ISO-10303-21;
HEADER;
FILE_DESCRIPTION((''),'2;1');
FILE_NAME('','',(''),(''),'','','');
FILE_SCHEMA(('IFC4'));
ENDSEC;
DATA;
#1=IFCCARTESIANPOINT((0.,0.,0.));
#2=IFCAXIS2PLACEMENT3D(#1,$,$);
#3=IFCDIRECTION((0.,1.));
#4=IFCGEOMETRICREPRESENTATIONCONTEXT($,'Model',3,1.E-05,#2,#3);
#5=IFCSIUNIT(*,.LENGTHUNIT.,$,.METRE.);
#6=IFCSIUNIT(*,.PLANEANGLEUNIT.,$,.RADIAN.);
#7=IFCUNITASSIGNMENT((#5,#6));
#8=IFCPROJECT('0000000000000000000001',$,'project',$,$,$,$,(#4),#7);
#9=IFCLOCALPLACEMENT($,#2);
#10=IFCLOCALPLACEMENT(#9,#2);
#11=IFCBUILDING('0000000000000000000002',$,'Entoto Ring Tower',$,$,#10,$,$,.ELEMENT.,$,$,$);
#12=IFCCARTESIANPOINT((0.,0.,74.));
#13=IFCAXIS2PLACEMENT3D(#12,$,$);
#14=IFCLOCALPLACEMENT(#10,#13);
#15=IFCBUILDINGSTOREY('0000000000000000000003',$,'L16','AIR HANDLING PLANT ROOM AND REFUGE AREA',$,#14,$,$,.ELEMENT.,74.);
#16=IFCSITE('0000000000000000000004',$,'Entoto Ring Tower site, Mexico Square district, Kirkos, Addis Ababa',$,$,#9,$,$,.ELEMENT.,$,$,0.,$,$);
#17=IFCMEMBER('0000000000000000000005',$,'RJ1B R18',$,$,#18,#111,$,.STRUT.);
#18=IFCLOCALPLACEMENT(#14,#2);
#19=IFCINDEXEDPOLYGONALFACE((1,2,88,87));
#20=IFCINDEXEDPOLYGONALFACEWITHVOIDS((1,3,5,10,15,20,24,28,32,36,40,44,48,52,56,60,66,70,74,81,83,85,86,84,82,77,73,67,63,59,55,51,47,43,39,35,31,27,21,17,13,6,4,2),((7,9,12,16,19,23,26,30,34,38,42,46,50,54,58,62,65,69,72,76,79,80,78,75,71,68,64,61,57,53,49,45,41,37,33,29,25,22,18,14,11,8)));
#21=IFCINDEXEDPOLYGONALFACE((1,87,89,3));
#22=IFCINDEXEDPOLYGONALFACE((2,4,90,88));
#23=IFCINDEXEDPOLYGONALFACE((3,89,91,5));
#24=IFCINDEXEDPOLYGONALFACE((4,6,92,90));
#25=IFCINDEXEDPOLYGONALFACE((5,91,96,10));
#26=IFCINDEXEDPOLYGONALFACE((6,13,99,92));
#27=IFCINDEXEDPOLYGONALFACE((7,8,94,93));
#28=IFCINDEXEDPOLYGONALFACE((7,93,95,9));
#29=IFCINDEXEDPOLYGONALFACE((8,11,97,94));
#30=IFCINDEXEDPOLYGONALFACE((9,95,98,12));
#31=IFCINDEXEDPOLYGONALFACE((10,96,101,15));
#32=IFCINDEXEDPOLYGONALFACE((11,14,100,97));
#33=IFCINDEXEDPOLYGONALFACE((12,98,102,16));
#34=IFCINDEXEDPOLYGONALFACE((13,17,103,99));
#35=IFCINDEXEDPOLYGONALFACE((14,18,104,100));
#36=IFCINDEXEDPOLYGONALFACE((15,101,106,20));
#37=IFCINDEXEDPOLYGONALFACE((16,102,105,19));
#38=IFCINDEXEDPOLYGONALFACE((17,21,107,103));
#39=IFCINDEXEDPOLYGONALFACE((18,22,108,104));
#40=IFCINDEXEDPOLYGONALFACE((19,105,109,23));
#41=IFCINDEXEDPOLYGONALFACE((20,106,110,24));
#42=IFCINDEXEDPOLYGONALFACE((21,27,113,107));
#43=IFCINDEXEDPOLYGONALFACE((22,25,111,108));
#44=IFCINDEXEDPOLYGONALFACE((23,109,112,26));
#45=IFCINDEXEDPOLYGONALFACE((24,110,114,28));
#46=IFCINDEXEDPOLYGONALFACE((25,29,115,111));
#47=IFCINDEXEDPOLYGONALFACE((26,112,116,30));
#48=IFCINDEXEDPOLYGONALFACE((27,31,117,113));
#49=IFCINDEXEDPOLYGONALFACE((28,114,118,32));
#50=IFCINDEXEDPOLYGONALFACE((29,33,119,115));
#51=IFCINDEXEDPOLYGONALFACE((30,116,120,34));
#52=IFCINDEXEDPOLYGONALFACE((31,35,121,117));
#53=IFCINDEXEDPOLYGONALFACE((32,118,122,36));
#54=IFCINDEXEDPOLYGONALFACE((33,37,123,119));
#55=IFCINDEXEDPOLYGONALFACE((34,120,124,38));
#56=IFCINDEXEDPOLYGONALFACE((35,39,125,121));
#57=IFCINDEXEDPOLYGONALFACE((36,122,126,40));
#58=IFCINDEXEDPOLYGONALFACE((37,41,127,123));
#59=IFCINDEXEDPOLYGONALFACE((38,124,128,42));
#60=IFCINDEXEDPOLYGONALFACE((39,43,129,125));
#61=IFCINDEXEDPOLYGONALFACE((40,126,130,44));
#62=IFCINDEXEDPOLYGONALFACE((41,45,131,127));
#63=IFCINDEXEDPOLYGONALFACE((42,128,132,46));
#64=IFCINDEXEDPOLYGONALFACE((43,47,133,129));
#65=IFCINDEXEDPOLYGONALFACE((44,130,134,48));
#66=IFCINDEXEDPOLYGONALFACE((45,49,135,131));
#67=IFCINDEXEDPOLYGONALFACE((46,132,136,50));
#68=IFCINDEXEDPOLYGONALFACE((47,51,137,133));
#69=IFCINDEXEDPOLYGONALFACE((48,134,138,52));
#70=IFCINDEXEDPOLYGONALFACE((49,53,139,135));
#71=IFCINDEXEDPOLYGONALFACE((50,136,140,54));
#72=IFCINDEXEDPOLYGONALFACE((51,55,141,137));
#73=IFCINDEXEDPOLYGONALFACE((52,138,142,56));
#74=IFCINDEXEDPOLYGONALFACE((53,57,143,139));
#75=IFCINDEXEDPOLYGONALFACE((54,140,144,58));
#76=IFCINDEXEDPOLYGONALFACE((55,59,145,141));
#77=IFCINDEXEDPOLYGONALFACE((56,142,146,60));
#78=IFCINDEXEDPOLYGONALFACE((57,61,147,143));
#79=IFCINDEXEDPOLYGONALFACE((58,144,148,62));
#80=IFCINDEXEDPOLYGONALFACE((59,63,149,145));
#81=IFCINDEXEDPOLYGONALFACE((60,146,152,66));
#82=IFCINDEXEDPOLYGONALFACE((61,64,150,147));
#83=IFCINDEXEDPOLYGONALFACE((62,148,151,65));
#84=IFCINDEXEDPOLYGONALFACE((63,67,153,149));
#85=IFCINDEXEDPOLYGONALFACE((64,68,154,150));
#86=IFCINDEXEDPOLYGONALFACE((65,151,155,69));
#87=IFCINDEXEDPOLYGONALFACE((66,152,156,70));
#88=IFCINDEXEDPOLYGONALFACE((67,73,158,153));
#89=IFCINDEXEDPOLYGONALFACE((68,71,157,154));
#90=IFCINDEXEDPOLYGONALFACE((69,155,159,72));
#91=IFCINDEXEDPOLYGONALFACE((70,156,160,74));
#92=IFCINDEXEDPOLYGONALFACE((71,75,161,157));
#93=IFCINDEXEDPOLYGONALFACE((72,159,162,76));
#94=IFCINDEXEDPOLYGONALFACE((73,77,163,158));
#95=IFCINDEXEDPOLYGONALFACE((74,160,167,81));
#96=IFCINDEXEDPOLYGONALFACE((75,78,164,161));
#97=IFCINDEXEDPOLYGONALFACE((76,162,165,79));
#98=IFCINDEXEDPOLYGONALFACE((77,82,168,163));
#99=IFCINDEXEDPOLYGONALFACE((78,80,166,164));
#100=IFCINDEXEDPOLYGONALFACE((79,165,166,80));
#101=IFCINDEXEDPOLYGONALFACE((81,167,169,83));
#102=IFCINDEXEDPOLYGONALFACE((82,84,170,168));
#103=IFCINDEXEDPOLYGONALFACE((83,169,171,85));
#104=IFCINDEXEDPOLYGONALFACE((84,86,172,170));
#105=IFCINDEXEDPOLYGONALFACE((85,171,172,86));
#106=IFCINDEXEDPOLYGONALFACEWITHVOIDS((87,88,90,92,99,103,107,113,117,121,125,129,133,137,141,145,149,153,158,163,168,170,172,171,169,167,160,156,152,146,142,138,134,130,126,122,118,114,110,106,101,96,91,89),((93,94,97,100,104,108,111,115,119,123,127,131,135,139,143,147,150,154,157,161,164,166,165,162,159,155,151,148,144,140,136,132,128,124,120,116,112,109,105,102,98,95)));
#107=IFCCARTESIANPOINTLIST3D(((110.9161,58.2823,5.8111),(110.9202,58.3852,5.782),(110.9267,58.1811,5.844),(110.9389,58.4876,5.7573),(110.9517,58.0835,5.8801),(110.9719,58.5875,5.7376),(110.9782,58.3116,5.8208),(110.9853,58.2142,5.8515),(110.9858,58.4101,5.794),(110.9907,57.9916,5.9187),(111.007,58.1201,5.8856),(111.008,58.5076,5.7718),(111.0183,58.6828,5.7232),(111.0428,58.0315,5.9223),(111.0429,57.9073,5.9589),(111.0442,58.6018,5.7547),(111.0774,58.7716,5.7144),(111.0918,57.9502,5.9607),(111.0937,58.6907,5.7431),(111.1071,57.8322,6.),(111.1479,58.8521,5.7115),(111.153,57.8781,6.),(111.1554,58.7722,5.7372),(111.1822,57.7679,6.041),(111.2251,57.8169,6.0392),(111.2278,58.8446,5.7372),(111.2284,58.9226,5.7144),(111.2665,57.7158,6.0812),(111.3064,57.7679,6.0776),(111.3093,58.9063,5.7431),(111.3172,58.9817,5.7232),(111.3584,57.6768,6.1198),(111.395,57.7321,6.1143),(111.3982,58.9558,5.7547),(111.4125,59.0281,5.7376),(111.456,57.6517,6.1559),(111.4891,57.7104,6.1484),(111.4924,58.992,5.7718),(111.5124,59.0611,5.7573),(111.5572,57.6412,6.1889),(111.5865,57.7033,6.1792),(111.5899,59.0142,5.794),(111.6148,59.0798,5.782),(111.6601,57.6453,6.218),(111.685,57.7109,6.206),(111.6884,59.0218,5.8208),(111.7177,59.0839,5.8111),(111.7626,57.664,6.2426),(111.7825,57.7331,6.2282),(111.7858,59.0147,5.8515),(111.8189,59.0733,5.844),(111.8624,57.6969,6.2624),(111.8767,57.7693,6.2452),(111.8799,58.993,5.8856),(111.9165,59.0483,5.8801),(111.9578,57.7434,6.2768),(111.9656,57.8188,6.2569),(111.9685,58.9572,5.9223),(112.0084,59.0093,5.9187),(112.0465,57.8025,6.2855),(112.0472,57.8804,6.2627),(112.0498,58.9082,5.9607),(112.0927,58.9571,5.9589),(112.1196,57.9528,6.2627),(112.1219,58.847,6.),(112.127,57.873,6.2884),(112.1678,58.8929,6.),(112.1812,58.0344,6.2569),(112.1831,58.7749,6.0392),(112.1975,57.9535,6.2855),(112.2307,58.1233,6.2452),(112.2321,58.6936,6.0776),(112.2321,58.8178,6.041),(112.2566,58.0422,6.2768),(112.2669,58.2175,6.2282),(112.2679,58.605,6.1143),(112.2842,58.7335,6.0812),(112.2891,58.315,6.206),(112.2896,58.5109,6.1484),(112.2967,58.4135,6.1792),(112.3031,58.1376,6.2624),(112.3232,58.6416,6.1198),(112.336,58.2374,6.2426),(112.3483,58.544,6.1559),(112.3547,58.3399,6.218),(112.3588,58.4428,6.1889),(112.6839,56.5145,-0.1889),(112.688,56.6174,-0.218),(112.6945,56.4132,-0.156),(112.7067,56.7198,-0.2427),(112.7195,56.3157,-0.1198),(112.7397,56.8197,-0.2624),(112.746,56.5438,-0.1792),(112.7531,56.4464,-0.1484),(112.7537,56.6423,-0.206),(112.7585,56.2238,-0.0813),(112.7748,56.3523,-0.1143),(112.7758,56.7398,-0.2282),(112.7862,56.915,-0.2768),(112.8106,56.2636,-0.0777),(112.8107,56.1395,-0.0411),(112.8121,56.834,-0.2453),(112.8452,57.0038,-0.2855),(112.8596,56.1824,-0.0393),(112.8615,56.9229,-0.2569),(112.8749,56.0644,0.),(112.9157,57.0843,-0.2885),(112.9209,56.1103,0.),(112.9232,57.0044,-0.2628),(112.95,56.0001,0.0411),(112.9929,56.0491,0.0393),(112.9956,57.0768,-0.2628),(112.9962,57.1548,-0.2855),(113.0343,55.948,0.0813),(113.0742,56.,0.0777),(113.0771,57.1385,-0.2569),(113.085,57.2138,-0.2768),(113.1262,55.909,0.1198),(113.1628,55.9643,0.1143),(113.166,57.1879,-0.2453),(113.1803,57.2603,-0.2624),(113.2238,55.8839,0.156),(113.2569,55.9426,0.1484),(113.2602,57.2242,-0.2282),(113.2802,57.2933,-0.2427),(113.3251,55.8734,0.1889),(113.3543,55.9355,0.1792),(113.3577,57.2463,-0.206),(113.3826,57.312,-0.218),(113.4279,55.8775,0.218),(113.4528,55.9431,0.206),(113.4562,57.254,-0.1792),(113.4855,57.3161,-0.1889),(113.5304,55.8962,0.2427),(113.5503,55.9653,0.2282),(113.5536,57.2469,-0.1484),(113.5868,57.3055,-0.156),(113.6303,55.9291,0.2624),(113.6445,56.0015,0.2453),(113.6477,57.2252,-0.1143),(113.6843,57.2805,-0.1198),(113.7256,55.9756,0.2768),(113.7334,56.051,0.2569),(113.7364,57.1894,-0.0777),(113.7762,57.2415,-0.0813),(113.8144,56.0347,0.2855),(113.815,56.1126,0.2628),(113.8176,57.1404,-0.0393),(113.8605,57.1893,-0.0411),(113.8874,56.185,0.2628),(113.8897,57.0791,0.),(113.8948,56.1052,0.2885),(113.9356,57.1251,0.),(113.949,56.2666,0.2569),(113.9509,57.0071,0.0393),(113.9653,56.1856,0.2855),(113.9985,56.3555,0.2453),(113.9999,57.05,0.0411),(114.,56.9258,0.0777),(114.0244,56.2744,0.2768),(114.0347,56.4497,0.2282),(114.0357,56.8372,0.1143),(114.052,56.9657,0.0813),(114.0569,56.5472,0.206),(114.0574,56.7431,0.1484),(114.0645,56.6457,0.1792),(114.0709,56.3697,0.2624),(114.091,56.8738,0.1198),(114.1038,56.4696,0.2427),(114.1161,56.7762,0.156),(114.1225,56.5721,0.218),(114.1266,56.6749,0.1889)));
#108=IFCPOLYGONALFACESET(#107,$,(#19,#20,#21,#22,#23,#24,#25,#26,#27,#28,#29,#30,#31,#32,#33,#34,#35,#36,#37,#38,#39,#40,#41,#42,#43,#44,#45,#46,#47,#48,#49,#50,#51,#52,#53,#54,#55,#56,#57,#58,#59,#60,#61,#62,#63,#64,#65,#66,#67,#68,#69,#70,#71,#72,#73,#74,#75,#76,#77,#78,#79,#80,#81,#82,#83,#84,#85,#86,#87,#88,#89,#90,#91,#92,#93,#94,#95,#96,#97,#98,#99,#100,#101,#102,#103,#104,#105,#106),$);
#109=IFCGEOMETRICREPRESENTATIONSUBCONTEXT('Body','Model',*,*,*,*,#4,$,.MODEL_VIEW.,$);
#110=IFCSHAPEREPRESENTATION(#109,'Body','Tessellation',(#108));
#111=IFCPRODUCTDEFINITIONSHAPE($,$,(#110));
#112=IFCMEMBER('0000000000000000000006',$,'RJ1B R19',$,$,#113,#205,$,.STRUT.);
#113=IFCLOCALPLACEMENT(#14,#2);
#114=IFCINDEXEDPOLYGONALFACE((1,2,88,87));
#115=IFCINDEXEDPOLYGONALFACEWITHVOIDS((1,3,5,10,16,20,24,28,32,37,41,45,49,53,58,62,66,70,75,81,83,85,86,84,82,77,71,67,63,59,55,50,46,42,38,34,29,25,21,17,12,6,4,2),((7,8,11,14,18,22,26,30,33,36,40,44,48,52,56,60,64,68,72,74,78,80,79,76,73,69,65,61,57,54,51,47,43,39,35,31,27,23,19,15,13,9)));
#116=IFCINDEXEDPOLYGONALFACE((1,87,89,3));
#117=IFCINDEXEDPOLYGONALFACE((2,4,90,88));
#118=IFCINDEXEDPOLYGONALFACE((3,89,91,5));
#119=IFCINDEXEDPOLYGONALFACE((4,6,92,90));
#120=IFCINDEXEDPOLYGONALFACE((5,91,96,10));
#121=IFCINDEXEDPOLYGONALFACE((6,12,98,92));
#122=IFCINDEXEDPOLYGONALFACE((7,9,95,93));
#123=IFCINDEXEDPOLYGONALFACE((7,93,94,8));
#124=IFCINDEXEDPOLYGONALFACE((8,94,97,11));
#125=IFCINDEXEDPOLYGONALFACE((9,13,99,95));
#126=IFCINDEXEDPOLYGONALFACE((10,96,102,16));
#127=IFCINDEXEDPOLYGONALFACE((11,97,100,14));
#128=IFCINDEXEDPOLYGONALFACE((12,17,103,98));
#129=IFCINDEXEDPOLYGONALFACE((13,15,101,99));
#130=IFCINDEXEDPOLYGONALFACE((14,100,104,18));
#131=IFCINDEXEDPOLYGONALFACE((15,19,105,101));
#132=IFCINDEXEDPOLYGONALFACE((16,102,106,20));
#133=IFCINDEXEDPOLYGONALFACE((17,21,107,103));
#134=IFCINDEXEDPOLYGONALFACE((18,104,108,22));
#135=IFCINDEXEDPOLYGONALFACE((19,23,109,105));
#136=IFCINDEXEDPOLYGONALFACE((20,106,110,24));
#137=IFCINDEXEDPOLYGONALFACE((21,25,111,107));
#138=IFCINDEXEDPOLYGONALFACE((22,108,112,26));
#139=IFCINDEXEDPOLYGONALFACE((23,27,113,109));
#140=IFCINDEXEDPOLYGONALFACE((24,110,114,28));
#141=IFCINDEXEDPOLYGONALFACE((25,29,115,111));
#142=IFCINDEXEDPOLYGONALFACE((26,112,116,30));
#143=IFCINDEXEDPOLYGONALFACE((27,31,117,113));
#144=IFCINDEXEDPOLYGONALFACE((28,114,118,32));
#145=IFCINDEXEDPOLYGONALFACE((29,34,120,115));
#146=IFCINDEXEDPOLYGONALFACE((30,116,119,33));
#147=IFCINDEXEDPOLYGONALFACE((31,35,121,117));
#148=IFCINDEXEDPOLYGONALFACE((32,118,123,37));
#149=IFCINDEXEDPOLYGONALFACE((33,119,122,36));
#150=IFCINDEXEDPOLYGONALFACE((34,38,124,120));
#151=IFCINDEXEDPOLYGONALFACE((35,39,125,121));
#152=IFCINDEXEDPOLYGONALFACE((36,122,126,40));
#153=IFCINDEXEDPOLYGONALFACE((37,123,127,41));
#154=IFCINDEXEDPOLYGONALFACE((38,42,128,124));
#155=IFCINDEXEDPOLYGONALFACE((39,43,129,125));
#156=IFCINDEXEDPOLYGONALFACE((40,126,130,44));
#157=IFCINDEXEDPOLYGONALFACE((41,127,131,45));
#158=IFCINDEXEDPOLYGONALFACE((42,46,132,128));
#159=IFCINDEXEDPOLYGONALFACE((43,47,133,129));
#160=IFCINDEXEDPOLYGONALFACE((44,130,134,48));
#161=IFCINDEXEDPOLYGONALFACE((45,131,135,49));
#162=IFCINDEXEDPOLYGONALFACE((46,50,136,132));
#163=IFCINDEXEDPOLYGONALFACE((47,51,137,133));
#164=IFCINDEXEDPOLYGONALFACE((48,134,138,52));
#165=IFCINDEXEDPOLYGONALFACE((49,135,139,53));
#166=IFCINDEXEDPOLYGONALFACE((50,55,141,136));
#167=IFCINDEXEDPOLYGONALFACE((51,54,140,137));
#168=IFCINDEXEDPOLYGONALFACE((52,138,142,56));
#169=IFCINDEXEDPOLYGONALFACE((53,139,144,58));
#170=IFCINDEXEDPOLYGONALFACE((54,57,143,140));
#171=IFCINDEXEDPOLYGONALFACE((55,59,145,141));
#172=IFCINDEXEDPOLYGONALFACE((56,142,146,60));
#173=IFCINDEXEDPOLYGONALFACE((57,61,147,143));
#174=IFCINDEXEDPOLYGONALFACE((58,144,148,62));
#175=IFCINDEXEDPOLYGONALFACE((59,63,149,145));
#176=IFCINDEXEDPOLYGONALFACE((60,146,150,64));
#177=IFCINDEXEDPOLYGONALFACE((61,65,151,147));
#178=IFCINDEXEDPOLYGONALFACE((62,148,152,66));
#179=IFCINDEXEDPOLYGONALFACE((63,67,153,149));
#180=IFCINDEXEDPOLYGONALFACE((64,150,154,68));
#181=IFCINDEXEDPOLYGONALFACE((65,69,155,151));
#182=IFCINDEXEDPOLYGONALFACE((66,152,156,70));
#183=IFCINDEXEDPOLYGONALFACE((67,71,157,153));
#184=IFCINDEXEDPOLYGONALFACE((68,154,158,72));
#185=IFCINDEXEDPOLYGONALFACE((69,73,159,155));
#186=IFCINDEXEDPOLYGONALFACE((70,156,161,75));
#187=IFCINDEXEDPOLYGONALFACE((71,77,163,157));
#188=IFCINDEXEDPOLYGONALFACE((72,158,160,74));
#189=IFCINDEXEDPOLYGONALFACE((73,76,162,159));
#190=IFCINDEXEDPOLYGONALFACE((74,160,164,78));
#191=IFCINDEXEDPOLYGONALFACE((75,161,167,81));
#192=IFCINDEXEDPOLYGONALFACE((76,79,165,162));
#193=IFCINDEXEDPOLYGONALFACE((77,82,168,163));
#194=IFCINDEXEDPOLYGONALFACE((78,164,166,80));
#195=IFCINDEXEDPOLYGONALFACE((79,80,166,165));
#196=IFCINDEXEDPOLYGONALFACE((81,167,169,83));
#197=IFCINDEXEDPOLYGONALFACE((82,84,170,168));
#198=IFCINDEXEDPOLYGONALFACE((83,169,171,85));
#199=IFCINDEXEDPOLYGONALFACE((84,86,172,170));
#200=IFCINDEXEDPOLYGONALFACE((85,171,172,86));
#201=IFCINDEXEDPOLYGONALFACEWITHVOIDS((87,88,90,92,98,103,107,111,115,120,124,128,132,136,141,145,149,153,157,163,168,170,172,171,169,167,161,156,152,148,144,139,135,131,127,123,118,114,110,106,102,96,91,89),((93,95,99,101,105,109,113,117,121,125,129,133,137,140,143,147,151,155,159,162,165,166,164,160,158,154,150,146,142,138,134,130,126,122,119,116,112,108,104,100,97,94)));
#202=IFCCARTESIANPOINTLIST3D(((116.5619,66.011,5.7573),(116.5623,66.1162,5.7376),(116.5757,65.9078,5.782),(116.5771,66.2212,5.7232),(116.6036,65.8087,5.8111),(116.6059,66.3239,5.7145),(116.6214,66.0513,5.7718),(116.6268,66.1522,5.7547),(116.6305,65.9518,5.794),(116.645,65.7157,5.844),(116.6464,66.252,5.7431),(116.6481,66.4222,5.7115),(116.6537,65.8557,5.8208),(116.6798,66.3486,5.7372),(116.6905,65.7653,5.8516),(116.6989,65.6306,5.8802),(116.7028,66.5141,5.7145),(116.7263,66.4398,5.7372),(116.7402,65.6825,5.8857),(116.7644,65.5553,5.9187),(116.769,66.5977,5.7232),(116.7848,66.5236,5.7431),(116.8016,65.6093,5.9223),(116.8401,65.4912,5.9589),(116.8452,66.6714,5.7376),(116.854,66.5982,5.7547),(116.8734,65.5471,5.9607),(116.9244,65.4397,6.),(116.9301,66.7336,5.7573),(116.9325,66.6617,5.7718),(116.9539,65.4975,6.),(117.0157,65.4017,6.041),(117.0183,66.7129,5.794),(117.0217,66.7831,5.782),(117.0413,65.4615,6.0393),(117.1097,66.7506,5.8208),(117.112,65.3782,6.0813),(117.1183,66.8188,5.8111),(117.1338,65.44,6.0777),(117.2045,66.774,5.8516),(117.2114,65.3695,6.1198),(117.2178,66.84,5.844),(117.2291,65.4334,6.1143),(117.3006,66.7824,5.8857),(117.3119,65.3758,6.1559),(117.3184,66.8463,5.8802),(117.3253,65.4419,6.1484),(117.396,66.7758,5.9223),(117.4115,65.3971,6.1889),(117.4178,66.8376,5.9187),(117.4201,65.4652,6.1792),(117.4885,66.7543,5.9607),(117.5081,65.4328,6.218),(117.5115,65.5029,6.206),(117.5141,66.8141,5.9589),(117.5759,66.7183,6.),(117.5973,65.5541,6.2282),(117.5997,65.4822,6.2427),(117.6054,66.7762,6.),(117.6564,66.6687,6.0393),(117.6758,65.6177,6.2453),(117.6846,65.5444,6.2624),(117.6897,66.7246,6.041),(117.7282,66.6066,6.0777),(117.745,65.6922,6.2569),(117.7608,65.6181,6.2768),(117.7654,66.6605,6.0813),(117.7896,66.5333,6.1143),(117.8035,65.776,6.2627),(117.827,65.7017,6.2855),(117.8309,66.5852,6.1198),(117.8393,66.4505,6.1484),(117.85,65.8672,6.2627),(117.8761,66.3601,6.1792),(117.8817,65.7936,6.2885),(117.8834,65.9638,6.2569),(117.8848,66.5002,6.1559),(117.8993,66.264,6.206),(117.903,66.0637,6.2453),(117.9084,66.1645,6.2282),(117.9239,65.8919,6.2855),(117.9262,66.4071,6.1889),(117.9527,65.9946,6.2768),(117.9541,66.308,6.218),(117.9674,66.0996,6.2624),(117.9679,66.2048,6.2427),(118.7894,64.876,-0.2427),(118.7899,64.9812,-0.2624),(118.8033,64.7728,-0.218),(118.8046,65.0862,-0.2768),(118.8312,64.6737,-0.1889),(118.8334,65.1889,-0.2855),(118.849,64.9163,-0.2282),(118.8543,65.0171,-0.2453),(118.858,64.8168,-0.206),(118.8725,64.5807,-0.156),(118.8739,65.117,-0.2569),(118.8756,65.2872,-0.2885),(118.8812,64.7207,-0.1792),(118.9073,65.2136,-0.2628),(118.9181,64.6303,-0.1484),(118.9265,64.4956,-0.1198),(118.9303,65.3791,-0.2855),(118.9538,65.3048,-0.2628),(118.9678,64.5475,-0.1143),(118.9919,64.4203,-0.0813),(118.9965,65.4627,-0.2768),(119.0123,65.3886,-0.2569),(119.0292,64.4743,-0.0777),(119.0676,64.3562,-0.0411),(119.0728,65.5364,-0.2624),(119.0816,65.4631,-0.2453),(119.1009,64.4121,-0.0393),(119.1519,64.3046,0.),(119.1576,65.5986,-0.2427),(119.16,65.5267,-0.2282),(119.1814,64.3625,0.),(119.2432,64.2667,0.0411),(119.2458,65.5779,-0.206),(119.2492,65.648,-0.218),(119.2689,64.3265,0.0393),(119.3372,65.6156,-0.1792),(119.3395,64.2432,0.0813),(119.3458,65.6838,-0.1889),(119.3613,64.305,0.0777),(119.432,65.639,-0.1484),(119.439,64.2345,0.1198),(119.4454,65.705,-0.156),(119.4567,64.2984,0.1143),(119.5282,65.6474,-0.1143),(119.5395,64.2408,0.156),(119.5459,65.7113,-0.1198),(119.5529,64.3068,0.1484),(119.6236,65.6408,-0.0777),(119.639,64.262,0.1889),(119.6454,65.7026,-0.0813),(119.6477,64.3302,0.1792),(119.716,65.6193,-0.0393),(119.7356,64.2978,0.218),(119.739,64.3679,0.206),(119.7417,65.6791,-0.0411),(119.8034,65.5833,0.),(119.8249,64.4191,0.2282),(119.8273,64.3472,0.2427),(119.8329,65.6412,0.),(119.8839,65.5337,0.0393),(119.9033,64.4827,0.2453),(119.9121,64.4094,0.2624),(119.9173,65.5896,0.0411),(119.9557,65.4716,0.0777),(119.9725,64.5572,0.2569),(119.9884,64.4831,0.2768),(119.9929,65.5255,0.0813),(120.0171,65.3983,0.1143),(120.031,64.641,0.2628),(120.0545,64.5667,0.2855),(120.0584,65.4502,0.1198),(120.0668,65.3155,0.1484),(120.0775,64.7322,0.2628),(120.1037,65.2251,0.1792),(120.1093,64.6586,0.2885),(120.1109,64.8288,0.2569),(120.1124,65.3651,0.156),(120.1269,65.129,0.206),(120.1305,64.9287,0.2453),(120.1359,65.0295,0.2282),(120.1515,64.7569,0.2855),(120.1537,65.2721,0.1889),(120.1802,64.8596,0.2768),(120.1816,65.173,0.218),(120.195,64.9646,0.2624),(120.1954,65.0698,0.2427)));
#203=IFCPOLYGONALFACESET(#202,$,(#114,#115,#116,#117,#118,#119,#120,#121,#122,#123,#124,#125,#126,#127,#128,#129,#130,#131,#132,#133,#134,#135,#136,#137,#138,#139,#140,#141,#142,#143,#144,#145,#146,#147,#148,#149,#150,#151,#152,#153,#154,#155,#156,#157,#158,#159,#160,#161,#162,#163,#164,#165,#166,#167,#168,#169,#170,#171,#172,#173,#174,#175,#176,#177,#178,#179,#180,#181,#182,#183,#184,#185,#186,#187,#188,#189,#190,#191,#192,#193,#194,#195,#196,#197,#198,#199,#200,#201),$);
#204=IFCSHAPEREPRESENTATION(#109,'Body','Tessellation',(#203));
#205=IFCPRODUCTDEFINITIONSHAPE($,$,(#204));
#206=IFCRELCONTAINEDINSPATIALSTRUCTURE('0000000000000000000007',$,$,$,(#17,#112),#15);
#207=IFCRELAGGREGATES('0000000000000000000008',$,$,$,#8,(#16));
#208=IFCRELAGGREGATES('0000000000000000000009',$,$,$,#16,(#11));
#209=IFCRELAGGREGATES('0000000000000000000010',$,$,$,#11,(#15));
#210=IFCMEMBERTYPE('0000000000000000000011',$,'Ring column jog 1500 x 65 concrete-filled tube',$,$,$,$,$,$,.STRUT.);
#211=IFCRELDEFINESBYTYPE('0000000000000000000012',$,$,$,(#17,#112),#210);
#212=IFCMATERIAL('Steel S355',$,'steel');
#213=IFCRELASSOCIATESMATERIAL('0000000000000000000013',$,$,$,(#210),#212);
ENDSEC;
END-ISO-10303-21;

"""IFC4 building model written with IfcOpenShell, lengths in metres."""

from ifc_helpers import new_model, si_unit, direction, frame, origin, origin_2d, place, context, subcontext, project, spatial, circle, hollow_circle, extrude, material, material_profile, profile_set, type_object, element, save


model = new_model("IFC4")

# Units and contexts
model_context = context("Model", 3, precision=1e-05, world=origin(), true_north=direction((0.0, 1.0)))
body_context = subcontext(model_context, "Body", "Model", "MODEL_VIEW")
ifc_project = project(units=[si_unit("LENGTHUNIT", "METRE"), si_unit("PLANEANGLEUNIT", "RADIAN")], contexts=[model_context])

# Site, building, storey
site_placement = place(None, origin())
site = spatial("IfcSite", under=ifc_project, at=site_placement, Name="Entoto Ring Tower site, Mexico Square district, Kirkos, Addis Ababa", CompositionType="ELEMENT", RefElevation=0.0)
building_placement = place(site_placement, origin())
building = spatial("IfcBuilding", under=site, at=building_placement, Name="Entoto Ring Tower", CompositionType="ELEMENT")
storey_placement = place(building_placement, frame((0.0, 0.0, 74.0)))
storey = spatial("IfcBuildingStorey", under=building, at=storey_placement, Name="L16", Description="AIR HANDLING PLANT ROOM AND REFUGE AREA", CompositionType="ELEMENT", Elevation=74.0)

# Members
ifc_material_1 = material(Name="Steel S355", Category="steel")
ifc_material_profile_1 = material_profile(ifc_material_1, hollow_circle(Radius=0.75, WallThickness=0.0649, at=origin_2d()), Name="CHS 1500 x 65")
ifc_material_2 = material(Name="Concrete C60/75", Category="concrete")
ifc_material_profile_2 = material_profile(ifc_material_2, circle(Radius=0.6851, at=origin_2d()), Name="Concrete C60/75 infill")
ifc_profile_set_1 = profile_set([ifc_material_profile_1, ifc_material_profile_2], Name="Steel S355")
member_type_1 = type_object("IfcMemberType", Name="Ring column jog 1500 x 65 concrete-filled tube", PredefinedType="STRUT", material=ifc_profile_set_1)
for number, where, z_axis, x_axis, name in (
    (1, (113.4053, 56.5947, 0.0), (-0.271971, 0.271971, 0.923073), (-0.707107, -0.707107, 0.0), "RJ1B R18"),
    (2, (119.4924, 64.9729, 0.0), (-0.342698, 0.174617, 0.923075), (-0.453997, -0.891003, 0.0), "RJ1B R19"),
):
    element("IfcMember", number, at=place(storey_placement, frame(where, z_axis=z_axis, x_axis=x_axis)), inside=storey, type_object=member_type_1, Name=name, PredefinedType="STRUT", context=body_context, shape_type="SweptSolid", body=[
        extrude(hollow_circle(Radius=0.75, WallThickness=0.0649, at=origin_2d()), origin(), (0.0, 0.0, 1.0), 6.5),
    ])

save(model, "model.ifc")
